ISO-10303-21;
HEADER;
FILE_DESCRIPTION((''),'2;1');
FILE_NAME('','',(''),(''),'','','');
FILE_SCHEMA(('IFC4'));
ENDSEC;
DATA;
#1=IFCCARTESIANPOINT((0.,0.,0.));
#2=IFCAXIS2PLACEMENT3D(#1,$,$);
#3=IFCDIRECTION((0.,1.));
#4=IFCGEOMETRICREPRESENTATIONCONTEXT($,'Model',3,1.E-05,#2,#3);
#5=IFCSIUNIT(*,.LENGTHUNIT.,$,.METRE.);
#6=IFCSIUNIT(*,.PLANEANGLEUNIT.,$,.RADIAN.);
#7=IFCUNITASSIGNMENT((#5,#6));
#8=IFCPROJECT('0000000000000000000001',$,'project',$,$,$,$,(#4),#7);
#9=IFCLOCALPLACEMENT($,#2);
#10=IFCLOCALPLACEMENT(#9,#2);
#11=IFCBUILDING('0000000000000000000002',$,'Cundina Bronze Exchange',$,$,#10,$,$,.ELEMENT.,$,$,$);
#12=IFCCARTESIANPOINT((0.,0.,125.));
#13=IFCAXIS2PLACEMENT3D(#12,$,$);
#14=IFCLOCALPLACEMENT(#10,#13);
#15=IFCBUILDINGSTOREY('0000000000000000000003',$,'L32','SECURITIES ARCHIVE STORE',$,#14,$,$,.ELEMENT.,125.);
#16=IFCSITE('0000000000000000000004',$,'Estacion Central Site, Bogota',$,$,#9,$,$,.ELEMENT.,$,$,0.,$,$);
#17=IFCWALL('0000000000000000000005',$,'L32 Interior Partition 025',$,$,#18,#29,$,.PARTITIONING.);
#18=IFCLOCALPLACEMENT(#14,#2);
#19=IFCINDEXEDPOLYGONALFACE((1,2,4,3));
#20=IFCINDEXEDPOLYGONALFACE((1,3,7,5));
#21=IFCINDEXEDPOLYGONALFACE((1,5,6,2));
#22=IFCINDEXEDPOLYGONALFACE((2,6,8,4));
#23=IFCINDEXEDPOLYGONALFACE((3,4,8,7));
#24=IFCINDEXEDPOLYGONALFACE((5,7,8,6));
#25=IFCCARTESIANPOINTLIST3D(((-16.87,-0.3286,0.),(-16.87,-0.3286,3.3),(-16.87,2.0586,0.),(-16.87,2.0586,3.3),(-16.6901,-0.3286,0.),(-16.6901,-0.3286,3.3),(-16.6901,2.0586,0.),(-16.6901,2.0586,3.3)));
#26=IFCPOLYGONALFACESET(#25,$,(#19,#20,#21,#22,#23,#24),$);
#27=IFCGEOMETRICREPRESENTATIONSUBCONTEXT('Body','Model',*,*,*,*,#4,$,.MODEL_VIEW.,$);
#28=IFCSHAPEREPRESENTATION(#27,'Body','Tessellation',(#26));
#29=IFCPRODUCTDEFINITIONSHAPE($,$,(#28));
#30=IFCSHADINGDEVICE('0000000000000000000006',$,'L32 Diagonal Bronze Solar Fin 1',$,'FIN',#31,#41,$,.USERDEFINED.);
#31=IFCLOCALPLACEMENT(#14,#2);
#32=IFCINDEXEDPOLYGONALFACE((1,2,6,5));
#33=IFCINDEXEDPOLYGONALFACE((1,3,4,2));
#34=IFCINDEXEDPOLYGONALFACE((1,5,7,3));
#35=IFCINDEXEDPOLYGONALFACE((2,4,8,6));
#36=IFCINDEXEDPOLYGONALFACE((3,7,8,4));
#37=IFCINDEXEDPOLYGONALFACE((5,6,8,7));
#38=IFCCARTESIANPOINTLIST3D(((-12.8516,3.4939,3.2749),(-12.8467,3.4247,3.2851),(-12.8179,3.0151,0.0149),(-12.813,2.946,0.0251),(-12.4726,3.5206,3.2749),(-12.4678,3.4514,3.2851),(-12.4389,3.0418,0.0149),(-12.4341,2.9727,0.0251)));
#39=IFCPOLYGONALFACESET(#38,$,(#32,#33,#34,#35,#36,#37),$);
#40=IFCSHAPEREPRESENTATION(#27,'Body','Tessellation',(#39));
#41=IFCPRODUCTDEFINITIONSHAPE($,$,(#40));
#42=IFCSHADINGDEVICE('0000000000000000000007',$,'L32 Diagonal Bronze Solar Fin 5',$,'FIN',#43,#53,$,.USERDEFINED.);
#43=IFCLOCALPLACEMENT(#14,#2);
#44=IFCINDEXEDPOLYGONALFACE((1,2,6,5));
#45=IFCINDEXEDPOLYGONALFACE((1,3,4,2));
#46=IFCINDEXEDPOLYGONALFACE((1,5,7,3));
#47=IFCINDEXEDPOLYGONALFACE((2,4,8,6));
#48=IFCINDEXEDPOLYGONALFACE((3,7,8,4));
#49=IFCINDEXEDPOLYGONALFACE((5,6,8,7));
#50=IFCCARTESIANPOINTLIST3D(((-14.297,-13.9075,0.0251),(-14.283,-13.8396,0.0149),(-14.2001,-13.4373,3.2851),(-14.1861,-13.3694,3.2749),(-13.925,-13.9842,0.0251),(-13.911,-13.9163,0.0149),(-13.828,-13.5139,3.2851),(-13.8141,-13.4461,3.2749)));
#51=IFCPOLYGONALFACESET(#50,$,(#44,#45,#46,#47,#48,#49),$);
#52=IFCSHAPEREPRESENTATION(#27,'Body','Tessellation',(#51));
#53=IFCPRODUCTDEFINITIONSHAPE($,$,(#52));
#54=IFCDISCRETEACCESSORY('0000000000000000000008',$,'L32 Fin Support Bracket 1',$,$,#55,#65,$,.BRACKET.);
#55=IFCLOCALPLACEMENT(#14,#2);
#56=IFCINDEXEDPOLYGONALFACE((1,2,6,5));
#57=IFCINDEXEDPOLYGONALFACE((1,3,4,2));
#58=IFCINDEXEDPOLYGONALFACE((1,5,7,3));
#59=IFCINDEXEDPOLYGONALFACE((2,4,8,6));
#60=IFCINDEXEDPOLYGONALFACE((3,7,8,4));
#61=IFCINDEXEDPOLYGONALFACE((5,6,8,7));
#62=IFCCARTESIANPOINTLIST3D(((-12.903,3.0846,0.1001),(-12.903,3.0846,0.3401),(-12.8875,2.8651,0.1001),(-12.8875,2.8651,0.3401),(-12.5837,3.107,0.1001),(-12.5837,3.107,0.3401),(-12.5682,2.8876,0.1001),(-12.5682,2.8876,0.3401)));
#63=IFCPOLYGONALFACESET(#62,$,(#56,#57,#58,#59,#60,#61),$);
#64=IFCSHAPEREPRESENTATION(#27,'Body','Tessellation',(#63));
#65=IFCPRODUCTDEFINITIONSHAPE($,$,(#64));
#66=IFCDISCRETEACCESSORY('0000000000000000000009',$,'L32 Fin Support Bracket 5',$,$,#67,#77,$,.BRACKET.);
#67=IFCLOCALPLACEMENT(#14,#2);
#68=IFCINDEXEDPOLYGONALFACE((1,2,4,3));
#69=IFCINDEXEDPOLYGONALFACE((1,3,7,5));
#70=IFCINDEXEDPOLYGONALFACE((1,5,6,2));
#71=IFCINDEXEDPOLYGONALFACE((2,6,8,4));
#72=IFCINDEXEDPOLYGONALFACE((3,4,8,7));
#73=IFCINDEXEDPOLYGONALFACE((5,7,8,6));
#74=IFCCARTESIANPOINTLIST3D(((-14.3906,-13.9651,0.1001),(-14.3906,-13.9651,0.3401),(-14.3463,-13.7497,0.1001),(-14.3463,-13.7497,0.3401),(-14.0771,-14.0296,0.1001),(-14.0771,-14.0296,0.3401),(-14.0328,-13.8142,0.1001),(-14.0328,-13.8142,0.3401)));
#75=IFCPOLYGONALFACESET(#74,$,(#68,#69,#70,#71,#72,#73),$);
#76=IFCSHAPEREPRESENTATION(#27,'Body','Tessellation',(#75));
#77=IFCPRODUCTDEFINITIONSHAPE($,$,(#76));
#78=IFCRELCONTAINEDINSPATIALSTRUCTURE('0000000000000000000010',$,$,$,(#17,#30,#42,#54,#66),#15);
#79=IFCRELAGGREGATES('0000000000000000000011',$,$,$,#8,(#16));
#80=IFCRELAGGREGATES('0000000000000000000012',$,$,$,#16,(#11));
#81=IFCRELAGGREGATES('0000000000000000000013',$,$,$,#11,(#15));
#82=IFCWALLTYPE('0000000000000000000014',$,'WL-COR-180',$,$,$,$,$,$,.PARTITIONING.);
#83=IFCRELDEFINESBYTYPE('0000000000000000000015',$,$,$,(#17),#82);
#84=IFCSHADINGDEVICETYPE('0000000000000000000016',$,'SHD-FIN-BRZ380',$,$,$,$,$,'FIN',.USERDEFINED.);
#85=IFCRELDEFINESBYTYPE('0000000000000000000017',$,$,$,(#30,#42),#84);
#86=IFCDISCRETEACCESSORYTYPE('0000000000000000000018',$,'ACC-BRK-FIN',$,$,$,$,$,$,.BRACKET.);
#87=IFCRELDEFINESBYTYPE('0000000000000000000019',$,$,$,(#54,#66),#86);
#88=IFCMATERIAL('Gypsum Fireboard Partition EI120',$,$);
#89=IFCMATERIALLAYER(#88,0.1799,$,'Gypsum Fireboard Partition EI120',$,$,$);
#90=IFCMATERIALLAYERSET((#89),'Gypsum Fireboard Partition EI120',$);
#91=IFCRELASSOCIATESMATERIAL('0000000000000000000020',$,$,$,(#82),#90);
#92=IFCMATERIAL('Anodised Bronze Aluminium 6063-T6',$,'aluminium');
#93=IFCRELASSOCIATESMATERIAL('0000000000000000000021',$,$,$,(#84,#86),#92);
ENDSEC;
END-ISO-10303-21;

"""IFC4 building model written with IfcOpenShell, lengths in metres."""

from ifc_helpers import new_model, si_unit, direction, frame, frame_2d, origin, origin_2d, place, context, subcontext, project, spatial, rectangle, extrude, material, layer, layer_set, material_profile, profile_set, type_object, element, save


model = new_model("IFC4")

# Units and contexts
model_context = context("Model", 3, precision=1e-05, world=origin(), true_north=direction((0.0, 1.0)))
body_context = subcontext(model_context, "Body", "Model", "MODEL_VIEW")
ifc_project = project(units=[si_unit("LENGTHUNIT", "METRE"), si_unit("PLANEANGLEUNIT", "RADIAN")], contexts=[model_context])

# Site, building, storey
site_placement = place(None, origin())
site = spatial("IfcSite", under=ifc_project, at=site_placement, Name="Estacion Central Site, Bogota", CompositionType="ELEMENT", RefElevation=0.0)
building_placement = place(site_placement, origin())
building = spatial("IfcBuilding", under=site, at=building_placement, Name="Cundina Bronze Exchange", CompositionType="ELEMENT")
storey_placement = place(building_placement, frame((0.0, 0.0, 125.0)))
storey = spatial("IfcBuildingStorey", under=building, at=storey_placement, Name="L32", Description="SECURITIES ARCHIVE STORE", CompositionType="ELEMENT", Elevation=125.0)

# Shared definitions
ifc_material_1 = material(Name="Anodised Bronze Aluminium 6063-T6", Category="aluminium")

# Wall
ifc_material_2 = material(Name="Gypsum Fireboard Partition EI120")
ifc_layer_1 = layer(ifc_material_2, 0.1799, Name="Gypsum Fireboard Partition EI120")
ifc_layer_set_1 = layer_set([ifc_layer_1], Name="Gypsum Fireboard Partition EI120")
wall_type = type_object("IfcWallType", Name="WL-COR-180", PredefinedType="PARTITIONING", material=ifc_layer_set_1)
wall_1_placement = place(storey_placement, frame((-16.78, -0.3286, 0.0), z_axis=(0.0, 0.0, 1.0), x_axis=(0.0, 1.0, 0.0)))
element("IfcWall", 1, at=wall_1_placement, inside=storey, type_object=wall_type, Name="L32 Interior Partition 025", PredefinedType="PARTITIONING", context=body_context, shape_type="SweptSolid", body=[
    extrude(rectangle(XDim=2.3872, YDim=0.1799, at=frame_2d((1.1936, 0.0))), origin(), (0.0, 0.0, 1.0), 3.3),
])

# Shading devices
ifc_material_profile_1 = material_profile(ifc_material_1, rectangle(XDim=0.0701, YDim=0.3799, at=origin_2d()), Name="FIN70X380", Category="aluminium")
ifc_profile_set_1 = profile_set([ifc_material_profile_1], Name="Anodised Bronze Aluminium 6063-T6")
shading_device_type = type_object("IfcShadingDeviceType", Name="SHD-FIN-BRZ380", ElementType="FIN", PredefinedType="USERDEFINED", material=ifc_profile_set_1)
for number, where, z_axis, x_axis, name in (
    (2, (-12.626, 2.9939, 0.02), (-0.010225, 0.145292, 0.989336), (0.06945, -0.986895, 0.145652), "L32 Diagonal Bronze Solar Fin 1"),
    (3, (-14.104, -13.9119, 0.02), (0.029414, 0.142698, 0.989329), (-0.199728, -0.968959, 0.145698), "L32 Diagonal Bronze Solar Fin 5"),
):
    element("IfcShadingDevice", number, at=place(storey_placement, frame(where, z_axis=z_axis, x_axis=x_axis)), inside=storey, type_object=shading_device_type, Name=name, ObjectType="FIN", PredefinedType="USERDEFINED", context=body_context, shape_type="SweptSolid", body=[
        extrude(rectangle(XDim=0.0701, YDim=0.3799, at=origin_2d()), origin(), (0.0, 0.0, 1.0), 3.2952),
    ])

# Discrete accessories
discrete_accessory_type = type_object("IfcDiscreteAccessoryType", Name="ACC-BRK-FIN", PredefinedType="BRACKET", material=ifc_material_1)
for number, where, z_axis, x_axis, name in (
    (4, (-12.7356, 2.9861, 0.1001), (0.0, 0.0, 1.0), (-0.070279, 0.997527, 0.0), "L32 Fin Support Bracket 1"),
    (5, (-14.2117, -13.8896, 0.1001), (0.0, 0.0, 1.0), (0.20142, 0.979505, 0.0), "L32 Fin Support Bracket 5"),
):
    element("IfcDiscreteAccessory", number, at=place(storey_placement, frame(where, z_axis=z_axis, x_axis=x_axis)), inside=storey, type_object=discrete_accessory_type, Name=name, PredefinedType="BRACKET", context=body_context, shape_type="SweptSolid", body=[
        extrude(rectangle(XDim=0.22, YDim=0.3201, at=origin_2d()), origin(), (0.0, 0.0, 1.0), 0.24),
    ])

save(model, "model.ifc")
